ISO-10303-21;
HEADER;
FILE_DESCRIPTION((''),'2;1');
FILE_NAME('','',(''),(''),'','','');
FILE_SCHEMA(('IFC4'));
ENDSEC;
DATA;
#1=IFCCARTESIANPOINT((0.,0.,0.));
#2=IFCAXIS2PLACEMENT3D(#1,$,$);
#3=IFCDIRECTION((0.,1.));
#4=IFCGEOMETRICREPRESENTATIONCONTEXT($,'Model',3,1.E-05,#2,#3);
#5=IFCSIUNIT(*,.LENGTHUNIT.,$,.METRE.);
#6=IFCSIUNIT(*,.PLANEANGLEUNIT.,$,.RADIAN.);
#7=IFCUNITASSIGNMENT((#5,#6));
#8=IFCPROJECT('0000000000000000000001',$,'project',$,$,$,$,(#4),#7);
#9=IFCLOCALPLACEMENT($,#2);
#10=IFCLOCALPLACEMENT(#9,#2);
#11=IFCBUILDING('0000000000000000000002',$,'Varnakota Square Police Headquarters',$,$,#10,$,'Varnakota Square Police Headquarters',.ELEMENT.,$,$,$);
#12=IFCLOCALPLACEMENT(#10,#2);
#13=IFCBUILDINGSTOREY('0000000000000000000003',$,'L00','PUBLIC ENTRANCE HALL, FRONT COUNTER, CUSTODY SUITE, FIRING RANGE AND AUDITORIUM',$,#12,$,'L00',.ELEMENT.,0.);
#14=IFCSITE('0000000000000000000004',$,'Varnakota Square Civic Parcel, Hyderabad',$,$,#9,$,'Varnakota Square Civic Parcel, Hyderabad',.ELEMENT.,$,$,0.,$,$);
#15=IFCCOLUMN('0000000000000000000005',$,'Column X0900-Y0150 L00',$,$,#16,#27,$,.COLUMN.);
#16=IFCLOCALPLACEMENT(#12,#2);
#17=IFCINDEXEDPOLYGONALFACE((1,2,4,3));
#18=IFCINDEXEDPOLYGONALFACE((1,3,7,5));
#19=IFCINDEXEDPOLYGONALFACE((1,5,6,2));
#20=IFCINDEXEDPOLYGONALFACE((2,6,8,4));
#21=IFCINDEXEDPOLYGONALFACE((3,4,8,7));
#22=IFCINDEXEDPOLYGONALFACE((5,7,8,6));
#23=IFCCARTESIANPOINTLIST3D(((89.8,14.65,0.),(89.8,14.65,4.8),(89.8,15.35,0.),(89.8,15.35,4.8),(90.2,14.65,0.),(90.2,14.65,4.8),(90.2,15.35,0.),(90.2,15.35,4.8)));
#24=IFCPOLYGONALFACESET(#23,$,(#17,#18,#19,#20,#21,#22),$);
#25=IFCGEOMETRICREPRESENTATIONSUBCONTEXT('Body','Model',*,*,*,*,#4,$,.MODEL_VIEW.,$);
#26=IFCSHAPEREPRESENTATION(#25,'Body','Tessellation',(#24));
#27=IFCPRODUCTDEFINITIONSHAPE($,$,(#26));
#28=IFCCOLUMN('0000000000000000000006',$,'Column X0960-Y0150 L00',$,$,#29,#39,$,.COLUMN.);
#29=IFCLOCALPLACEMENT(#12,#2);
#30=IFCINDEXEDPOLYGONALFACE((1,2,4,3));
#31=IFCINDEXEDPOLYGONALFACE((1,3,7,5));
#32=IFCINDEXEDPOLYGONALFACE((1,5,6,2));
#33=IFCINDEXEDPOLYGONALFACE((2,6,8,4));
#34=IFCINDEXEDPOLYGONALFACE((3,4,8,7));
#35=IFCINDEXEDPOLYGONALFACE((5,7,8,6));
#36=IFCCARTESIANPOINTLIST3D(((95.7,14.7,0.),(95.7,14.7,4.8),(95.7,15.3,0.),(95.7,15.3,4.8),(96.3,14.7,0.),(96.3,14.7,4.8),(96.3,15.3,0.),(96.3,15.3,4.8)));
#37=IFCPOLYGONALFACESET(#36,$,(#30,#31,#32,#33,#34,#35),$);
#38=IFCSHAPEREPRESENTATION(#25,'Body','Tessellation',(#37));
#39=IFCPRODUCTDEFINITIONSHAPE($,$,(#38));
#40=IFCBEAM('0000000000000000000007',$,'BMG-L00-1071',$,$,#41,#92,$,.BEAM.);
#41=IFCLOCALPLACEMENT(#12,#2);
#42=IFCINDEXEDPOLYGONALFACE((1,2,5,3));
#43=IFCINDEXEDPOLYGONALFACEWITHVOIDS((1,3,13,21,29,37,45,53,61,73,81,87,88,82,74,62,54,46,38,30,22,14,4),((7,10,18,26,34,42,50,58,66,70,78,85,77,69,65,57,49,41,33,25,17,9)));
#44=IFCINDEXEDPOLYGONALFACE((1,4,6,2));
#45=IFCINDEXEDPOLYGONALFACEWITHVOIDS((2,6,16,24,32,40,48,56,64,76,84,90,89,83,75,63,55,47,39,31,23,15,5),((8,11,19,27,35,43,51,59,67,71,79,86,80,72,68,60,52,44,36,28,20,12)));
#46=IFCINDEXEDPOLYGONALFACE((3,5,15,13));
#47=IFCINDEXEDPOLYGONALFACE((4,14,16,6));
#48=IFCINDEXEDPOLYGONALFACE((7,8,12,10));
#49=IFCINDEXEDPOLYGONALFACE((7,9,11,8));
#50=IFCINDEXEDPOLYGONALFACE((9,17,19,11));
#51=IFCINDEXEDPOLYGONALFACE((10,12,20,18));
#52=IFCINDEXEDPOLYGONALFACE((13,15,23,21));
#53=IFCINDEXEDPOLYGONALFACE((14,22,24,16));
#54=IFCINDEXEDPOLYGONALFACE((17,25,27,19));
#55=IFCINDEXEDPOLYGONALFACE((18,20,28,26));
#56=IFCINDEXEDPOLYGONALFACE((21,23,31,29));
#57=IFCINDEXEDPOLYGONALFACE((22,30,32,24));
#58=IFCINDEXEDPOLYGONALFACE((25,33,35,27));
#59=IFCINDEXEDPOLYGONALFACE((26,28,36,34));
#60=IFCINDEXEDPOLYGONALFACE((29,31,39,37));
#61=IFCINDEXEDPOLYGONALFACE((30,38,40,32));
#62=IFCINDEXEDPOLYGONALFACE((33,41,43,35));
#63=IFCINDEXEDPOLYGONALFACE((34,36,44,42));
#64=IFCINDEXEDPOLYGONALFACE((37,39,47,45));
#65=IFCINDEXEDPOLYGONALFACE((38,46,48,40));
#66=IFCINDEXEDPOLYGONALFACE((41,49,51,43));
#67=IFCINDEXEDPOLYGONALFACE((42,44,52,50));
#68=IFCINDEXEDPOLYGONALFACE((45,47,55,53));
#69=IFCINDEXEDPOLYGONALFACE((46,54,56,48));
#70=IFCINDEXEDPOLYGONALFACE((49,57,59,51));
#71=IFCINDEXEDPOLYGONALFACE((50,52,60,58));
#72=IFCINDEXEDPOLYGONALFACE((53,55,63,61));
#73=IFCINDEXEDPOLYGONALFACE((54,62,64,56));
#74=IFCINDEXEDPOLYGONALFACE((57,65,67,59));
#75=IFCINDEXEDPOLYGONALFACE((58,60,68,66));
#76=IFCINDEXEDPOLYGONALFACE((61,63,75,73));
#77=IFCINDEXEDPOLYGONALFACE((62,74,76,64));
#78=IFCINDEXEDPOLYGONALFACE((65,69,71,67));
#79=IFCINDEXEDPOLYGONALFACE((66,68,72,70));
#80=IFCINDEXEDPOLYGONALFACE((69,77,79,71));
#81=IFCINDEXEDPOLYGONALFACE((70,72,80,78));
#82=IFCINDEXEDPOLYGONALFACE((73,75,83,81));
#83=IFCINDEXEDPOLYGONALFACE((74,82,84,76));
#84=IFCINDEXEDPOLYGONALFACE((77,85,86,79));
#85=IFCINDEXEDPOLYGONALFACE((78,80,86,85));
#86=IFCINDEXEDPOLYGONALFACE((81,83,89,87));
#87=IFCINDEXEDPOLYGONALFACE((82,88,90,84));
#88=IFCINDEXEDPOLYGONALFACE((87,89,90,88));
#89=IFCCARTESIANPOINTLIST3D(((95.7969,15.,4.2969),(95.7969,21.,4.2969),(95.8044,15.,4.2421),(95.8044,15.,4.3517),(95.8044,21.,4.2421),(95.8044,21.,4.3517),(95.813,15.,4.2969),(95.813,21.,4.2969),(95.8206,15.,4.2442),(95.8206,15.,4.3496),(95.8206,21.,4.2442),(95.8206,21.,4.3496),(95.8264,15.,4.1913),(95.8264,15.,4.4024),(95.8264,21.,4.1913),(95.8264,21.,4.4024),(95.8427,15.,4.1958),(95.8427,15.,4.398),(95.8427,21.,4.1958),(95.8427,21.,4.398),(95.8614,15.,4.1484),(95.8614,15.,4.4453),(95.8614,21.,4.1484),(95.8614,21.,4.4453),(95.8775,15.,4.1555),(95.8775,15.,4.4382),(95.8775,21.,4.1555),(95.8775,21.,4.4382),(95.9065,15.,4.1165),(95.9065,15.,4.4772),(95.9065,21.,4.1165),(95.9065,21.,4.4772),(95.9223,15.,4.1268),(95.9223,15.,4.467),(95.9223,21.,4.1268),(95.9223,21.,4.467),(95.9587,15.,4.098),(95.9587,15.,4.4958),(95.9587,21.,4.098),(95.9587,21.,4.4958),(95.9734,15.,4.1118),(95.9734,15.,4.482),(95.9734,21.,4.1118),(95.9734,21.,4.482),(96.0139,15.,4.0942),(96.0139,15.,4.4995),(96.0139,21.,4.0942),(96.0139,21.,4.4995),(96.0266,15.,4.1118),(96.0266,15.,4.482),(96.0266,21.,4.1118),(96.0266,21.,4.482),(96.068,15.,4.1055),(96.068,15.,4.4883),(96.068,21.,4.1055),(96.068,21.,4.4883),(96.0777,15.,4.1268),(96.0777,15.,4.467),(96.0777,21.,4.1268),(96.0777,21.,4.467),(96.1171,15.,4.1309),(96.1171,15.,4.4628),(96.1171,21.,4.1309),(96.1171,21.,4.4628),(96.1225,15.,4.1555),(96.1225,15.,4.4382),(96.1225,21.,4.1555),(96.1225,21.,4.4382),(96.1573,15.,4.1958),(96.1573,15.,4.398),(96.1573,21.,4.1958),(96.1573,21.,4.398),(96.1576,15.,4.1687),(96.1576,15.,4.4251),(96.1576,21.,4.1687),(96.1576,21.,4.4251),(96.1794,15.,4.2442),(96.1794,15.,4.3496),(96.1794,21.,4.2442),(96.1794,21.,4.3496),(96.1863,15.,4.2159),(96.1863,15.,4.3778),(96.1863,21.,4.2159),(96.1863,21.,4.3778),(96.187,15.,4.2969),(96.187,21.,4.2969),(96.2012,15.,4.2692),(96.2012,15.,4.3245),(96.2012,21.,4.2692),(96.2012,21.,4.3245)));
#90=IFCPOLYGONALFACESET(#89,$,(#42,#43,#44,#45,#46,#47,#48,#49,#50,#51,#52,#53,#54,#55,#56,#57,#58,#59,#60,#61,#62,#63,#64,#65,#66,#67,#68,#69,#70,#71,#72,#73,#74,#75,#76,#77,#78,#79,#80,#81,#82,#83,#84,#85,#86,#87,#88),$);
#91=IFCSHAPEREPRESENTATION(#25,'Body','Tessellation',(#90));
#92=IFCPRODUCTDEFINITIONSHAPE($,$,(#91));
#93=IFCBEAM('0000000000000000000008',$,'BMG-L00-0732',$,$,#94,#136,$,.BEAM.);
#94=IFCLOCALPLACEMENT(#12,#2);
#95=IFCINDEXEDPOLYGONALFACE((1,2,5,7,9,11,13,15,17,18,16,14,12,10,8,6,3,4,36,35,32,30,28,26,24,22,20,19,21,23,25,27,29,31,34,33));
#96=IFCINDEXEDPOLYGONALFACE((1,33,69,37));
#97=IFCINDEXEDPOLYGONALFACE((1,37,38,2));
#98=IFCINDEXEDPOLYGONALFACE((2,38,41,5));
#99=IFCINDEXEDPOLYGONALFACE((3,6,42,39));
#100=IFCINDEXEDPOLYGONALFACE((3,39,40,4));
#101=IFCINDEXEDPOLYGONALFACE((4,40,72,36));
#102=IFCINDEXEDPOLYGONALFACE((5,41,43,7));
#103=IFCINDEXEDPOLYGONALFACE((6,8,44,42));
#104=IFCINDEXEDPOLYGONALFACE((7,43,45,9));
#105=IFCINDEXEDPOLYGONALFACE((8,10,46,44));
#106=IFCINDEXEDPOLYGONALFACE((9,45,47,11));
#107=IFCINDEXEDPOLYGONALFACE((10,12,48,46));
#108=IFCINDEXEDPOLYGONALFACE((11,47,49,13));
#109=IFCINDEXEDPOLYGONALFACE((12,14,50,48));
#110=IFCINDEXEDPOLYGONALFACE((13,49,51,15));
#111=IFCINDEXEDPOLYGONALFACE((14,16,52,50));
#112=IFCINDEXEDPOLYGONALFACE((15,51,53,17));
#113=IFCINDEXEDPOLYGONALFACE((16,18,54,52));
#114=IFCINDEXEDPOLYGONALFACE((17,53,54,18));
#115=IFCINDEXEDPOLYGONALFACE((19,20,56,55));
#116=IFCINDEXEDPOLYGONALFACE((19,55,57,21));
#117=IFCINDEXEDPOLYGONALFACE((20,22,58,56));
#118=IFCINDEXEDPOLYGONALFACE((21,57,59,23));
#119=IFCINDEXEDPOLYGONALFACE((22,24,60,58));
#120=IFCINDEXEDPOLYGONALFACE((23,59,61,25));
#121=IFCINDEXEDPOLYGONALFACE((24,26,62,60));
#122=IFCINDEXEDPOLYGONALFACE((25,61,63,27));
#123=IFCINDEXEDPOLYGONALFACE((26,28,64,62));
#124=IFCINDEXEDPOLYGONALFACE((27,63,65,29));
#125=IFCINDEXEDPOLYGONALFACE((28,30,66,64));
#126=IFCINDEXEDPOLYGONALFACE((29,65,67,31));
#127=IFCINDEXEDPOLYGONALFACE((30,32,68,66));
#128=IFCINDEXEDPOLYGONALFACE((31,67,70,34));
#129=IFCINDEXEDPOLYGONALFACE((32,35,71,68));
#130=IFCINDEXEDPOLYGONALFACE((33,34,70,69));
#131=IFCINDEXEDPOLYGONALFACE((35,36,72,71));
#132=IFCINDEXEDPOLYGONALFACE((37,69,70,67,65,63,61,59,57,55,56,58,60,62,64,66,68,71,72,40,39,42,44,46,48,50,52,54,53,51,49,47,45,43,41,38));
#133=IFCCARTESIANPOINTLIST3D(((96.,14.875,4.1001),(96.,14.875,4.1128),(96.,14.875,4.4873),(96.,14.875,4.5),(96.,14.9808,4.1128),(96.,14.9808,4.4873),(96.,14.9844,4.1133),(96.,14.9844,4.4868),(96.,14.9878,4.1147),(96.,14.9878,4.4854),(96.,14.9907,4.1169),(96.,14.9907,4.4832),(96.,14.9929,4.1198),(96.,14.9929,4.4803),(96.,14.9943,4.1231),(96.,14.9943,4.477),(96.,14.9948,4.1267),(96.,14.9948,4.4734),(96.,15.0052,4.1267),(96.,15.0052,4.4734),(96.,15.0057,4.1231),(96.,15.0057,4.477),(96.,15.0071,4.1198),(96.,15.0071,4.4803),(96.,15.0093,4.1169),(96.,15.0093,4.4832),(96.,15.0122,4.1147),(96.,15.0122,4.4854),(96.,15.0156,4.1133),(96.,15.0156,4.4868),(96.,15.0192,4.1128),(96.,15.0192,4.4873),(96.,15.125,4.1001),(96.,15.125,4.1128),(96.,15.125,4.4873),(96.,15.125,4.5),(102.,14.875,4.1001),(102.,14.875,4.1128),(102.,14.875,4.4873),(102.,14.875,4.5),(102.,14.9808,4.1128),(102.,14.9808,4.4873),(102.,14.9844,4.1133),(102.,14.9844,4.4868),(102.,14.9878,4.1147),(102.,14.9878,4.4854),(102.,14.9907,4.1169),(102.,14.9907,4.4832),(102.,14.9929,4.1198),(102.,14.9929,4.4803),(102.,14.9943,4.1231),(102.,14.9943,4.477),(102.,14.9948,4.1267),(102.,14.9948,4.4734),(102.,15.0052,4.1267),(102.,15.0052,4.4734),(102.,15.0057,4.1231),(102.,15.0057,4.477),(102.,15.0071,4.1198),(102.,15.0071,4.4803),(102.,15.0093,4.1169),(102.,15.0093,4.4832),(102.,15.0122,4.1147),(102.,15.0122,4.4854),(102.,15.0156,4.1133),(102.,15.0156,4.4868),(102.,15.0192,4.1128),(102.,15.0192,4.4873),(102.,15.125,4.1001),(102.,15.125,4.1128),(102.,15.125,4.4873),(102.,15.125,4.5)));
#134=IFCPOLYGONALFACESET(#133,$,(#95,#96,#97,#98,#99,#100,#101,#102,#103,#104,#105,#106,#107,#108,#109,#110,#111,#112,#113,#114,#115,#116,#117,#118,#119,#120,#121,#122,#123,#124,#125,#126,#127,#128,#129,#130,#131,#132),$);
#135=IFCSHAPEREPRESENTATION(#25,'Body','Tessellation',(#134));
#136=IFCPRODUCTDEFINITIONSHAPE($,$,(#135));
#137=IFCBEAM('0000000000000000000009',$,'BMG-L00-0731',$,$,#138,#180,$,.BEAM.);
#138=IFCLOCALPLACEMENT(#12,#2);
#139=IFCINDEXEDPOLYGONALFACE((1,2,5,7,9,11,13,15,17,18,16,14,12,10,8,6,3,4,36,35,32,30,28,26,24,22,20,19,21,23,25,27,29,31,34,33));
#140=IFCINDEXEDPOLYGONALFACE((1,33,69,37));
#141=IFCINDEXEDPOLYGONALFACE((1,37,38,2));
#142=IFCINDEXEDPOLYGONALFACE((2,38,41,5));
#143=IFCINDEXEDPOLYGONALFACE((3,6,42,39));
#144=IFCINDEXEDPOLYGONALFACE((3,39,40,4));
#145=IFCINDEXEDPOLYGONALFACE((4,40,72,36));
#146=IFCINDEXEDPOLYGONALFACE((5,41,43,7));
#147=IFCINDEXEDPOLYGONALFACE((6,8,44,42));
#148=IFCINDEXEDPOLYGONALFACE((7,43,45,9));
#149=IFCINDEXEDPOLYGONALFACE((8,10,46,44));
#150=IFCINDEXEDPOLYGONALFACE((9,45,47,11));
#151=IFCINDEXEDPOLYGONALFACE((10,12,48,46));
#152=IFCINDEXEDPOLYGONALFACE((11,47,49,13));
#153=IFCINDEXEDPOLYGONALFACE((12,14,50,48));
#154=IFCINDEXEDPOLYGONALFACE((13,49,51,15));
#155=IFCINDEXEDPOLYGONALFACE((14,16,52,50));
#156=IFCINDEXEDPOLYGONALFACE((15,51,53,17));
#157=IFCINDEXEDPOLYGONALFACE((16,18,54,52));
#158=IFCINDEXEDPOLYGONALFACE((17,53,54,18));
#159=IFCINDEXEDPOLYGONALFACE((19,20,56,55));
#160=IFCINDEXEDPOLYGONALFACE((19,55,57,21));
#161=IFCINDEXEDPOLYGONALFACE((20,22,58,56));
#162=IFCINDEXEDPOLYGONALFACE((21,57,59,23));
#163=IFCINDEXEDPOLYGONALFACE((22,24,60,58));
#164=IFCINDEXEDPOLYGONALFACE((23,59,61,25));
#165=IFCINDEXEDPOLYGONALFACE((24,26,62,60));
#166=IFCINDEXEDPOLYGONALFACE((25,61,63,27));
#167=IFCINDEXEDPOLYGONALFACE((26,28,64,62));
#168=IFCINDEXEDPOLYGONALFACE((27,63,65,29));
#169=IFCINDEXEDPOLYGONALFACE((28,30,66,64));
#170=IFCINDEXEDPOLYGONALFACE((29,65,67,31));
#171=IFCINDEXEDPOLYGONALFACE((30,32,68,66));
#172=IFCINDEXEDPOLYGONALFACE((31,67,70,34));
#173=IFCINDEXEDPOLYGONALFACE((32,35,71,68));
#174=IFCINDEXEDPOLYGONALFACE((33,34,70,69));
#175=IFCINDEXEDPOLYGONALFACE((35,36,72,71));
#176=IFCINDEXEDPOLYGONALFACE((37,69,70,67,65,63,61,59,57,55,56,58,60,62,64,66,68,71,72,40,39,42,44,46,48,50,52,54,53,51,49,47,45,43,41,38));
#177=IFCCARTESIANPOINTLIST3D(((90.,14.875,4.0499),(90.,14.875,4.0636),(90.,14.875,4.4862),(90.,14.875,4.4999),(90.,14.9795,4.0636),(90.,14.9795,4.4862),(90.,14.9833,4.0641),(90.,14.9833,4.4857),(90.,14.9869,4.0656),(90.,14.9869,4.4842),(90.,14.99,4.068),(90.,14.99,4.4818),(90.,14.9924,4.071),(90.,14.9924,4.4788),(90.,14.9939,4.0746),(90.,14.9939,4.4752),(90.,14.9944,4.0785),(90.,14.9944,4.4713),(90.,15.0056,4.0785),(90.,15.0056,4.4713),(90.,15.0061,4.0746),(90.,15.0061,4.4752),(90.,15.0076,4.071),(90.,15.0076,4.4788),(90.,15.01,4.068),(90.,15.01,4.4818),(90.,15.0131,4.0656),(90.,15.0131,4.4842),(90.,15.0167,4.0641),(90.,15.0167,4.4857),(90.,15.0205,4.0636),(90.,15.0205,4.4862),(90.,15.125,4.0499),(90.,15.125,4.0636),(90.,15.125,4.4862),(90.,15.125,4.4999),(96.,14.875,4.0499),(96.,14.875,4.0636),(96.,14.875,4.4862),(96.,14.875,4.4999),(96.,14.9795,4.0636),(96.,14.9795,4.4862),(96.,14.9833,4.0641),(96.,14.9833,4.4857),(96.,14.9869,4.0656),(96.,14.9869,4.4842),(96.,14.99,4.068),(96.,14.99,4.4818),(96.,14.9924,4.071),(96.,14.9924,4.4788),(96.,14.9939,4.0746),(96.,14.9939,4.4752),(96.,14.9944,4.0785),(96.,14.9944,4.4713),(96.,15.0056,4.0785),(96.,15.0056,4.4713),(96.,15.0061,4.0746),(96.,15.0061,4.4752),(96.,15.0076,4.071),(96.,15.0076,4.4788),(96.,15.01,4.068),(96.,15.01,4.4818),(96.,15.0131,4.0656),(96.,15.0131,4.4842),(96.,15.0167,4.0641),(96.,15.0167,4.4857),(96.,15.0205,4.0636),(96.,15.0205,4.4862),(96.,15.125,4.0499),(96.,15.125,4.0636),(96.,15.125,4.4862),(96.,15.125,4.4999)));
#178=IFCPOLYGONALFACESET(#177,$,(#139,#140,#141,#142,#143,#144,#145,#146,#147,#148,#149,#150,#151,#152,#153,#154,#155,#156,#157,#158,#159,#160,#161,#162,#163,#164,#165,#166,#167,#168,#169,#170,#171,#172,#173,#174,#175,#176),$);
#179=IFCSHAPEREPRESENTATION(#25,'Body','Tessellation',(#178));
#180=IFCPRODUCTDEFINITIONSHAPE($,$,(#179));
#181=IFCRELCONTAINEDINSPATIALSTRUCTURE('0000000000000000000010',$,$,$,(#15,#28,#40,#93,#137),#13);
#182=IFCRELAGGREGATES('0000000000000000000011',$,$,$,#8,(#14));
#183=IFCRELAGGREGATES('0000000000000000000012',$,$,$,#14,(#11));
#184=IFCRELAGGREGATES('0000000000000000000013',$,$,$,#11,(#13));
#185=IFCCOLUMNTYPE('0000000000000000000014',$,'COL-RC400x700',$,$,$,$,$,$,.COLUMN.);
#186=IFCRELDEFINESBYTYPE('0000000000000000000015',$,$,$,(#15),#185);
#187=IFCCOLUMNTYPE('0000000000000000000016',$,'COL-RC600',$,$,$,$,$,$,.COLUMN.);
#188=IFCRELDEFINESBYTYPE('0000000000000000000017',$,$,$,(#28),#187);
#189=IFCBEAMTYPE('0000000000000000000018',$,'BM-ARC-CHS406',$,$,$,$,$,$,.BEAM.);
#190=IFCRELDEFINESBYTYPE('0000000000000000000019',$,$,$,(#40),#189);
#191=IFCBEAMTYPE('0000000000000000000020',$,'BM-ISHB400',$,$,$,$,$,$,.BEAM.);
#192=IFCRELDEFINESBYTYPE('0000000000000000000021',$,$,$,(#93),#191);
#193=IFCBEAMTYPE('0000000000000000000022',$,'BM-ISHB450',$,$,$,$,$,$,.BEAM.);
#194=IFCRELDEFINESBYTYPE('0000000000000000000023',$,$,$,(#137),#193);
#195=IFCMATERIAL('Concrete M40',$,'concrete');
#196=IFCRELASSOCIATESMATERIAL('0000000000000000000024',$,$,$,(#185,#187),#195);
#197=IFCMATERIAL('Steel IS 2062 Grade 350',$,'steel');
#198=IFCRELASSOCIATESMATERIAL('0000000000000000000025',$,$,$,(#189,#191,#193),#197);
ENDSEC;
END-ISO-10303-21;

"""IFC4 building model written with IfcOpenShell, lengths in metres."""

from ifc_helpers import new_model, si_unit, direction, frame, origin, origin_2d, place, context, subcontext, project, spatial, rectangle, hollow_circle, i_section, extrude, material, material_profile, profile_set, type_object, element, save


model = new_model("IFC4")

# Units and contexts
model_context = context("Model", 3, precision=1e-05, world=origin(), true_north=direction((0.0, 1.0)))
body_context = subcontext(model_context, "Body", "Model", "MODEL_VIEW")
ifc_project = project(units=[si_unit("LENGTHUNIT", "METRE"), si_unit("PLANEANGLEUNIT", "RADIAN")], contexts=[model_context])

# Site, building, storey
site_placement = place(None, origin())
site = spatial("IfcSite", under=ifc_project, at=site_placement, Name="Varnakota Square Civic Parcel, Hyderabad", LongName="Varnakota Square Civic Parcel, Hyderabad", CompositionType="ELEMENT", RefElevation=0.0)
building_placement = place(site_placement, origin())
building = spatial("IfcBuilding", under=site, at=building_placement, Name="Varnakota Square Police Headquarters", LongName="Varnakota Square Police Headquarters", CompositionType="ELEMENT")
storey_placement = place(building_placement, origin())
storey = spatial("IfcBuildingStorey", under=building, at=storey_placement, Name="L00", Description="PUBLIC ENTRANCE HALL, FRONT COUNTER, CUSTODY SUITE, FIRING RANGE AND AUDITORIUM", LongName="L00", CompositionType="ELEMENT", Elevation=0.0)

# Columns
ifc_material_1 = material(Name="Concrete M40", Category="concrete")
ifc_material_profile_1 = material_profile(ifc_material_1, rectangle(XDim=0.3999, YDim=0.7, at=origin_2d()), Name="RC 400x700")
ifc_profile_set_1 = profile_set([ifc_material_profile_1], Name="Concrete M40")
column_type_1 = type_object("IfcColumnType", Name="COL-RC400x700", PredefinedType="COLUMN", material=ifc_profile_set_1)
column_1_placement = place(storey_placement, frame((90.0, 15.0, 0.0), z_axis=(0.0, 0.0, 1.0), x_axis=(1.0, 0.0, 0.0)))
element("IfcColumn", 1, at=column_1_placement, inside=storey, type_object=column_type_1, Name="Column X0900-Y0150 L00", PredefinedType="COLUMN", context=body_context, shape_type="SweptSolid", body=[
    extrude(rectangle(XDim=0.3999, YDim=0.7, at=origin_2d()), origin(), (0.0, 0.0, 1.0), 4.8),
])
ifc_material_profile_2 = material_profile(ifc_material_1, rectangle(XDim=0.6001, YDim=0.6001, at=origin_2d()), Name="RC 600x600")
ifc_profile_set_2 = profile_set([ifc_material_profile_2], Name="Concrete M40")
column_type_2 = type_object("IfcColumnType", Name="COL-RC600", PredefinedType="COLUMN", material=ifc_profile_set_2)
column_2_placement = place(storey_placement, frame((96.0, 15.0, 0.0), z_axis=(0.0, 0.0, 1.0), x_axis=(1.0, 0.0, 0.0)))
element("IfcColumn", 2, at=column_2_placement, inside=storey, type_object=column_type_2, Name="Column X0960-Y0150 L00", PredefinedType="COLUMN", context=body_context, shape_type="SweptSolid", body=[
    extrude(rectangle(XDim=0.6001, YDim=0.6001, at=origin_2d()), origin(), (0.0, 0.0, 1.0), 4.8),
])

# Beams
ifc_material_2 = material(Name="Steel IS 2062 Grade 350", Category="steel")
ifc_material_profile_3 = material_profile(ifc_material_2, hollow_circle(Radius=0.2031, WallThickness=0.0161, at=origin_2d()), Name="CHS 406.4x16.0")
ifc_profile_set_3 = profile_set([ifc_material_profile_3], Name="Steel IS 2062 Grade 350")
beam_type_1 = type_object("IfcBeamType", Name="BM-ARC-CHS406", PredefinedType="BEAM", material=ifc_profile_set_3)
beam_1_placement = place(storey_placement, frame((96.0, 15.0, 4.2969), z_axis=(0.0, 1.0, 0.0), x_axis=(-1.0, 0.0, 0.0)))
element("IfcBeam", 3, at=beam_1_placement, inside=storey, type_object=beam_type_1, Name="BMG-L00-1071", PredefinedType="BEAM", context=body_context, shape_type="SweptSolid", body=[
    extrude(hollow_circle(Radius=0.2031, WallThickness=0.0161, at=origin_2d()), origin(), (0.0, 0.0, 1.0), 6.0),
])
ifc_material_profile_4 = material_profile(ifc_material_2, i_section(OverallWidth=0.25, OverallDepth=0.3999, WebThickness=0.0105, FlangeThickness=0.0127, FilletRadius=0.0139, at=origin_2d()), Name="ISHB 400")
ifc_profile_set_4 = profile_set([ifc_material_profile_4], Name="Steel IS 2062 Grade 350")
beam_type_2 = type_object("IfcBeamType", Name="BM-ISHB400", PredefinedType="BEAM", material=ifc_profile_set_4)
beam_2_placement = place(storey_placement, frame((96.0, 15.0, 4.3), z_axis=(1.0, 0.0, 0.0), x_axis=(0.0, 1.0, 0.0)))
element("IfcBeam", 4, at=beam_2_placement, inside=storey, type_object=beam_type_2, Name="BMG-L00-0732", PredefinedType="BEAM", context=body_context, shape_type="SweptSolid", body=[
    extrude(i_section(OverallWidth=0.25, OverallDepth=0.3999, WebThickness=0.0105, FlangeThickness=0.0127, FilletRadius=0.0139, at=origin_2d()), origin(), (0.0, 0.0, 1.0), 6.0),
])
ifc_material_profile_5 = material_profile(ifc_material_2, i_section(OverallWidth=0.25, OverallDepth=0.45, WebThickness=0.0112, FlangeThickness=0.0137, FilletRadius=0.0149, at=origin_2d()), Name="ISHB 450")
ifc_profile_set_5 = profile_set([ifc_material_profile_5], Name="Steel IS 2062 Grade 350")
beam_type_3 = type_object("IfcBeamType", Name="BM-ISHB450", PredefinedType="BEAM", material=ifc_profile_set_5)
beam_3_placement = place(storey_placement, frame((90.0, 15.0, 4.2749), z_axis=(1.0, 0.0, 0.0), x_axis=(0.0, 1.0, 0.0)))
element("IfcBeam", 5, at=beam_3_placement, inside=storey, type_object=beam_type_3, Name="BMG-L00-0731", PredefinedType="BEAM", context=body_context, shape_type="SweptSolid", body=[
    extrude(i_section(OverallWidth=0.25, OverallDepth=0.45, WebThickness=0.0112, FlangeThickness=0.0137, FilletRadius=0.0149, at=origin_2d()), origin(), (0.0, 0.0, 1.0), 6.0),
])

save(model, "model.ifc")
